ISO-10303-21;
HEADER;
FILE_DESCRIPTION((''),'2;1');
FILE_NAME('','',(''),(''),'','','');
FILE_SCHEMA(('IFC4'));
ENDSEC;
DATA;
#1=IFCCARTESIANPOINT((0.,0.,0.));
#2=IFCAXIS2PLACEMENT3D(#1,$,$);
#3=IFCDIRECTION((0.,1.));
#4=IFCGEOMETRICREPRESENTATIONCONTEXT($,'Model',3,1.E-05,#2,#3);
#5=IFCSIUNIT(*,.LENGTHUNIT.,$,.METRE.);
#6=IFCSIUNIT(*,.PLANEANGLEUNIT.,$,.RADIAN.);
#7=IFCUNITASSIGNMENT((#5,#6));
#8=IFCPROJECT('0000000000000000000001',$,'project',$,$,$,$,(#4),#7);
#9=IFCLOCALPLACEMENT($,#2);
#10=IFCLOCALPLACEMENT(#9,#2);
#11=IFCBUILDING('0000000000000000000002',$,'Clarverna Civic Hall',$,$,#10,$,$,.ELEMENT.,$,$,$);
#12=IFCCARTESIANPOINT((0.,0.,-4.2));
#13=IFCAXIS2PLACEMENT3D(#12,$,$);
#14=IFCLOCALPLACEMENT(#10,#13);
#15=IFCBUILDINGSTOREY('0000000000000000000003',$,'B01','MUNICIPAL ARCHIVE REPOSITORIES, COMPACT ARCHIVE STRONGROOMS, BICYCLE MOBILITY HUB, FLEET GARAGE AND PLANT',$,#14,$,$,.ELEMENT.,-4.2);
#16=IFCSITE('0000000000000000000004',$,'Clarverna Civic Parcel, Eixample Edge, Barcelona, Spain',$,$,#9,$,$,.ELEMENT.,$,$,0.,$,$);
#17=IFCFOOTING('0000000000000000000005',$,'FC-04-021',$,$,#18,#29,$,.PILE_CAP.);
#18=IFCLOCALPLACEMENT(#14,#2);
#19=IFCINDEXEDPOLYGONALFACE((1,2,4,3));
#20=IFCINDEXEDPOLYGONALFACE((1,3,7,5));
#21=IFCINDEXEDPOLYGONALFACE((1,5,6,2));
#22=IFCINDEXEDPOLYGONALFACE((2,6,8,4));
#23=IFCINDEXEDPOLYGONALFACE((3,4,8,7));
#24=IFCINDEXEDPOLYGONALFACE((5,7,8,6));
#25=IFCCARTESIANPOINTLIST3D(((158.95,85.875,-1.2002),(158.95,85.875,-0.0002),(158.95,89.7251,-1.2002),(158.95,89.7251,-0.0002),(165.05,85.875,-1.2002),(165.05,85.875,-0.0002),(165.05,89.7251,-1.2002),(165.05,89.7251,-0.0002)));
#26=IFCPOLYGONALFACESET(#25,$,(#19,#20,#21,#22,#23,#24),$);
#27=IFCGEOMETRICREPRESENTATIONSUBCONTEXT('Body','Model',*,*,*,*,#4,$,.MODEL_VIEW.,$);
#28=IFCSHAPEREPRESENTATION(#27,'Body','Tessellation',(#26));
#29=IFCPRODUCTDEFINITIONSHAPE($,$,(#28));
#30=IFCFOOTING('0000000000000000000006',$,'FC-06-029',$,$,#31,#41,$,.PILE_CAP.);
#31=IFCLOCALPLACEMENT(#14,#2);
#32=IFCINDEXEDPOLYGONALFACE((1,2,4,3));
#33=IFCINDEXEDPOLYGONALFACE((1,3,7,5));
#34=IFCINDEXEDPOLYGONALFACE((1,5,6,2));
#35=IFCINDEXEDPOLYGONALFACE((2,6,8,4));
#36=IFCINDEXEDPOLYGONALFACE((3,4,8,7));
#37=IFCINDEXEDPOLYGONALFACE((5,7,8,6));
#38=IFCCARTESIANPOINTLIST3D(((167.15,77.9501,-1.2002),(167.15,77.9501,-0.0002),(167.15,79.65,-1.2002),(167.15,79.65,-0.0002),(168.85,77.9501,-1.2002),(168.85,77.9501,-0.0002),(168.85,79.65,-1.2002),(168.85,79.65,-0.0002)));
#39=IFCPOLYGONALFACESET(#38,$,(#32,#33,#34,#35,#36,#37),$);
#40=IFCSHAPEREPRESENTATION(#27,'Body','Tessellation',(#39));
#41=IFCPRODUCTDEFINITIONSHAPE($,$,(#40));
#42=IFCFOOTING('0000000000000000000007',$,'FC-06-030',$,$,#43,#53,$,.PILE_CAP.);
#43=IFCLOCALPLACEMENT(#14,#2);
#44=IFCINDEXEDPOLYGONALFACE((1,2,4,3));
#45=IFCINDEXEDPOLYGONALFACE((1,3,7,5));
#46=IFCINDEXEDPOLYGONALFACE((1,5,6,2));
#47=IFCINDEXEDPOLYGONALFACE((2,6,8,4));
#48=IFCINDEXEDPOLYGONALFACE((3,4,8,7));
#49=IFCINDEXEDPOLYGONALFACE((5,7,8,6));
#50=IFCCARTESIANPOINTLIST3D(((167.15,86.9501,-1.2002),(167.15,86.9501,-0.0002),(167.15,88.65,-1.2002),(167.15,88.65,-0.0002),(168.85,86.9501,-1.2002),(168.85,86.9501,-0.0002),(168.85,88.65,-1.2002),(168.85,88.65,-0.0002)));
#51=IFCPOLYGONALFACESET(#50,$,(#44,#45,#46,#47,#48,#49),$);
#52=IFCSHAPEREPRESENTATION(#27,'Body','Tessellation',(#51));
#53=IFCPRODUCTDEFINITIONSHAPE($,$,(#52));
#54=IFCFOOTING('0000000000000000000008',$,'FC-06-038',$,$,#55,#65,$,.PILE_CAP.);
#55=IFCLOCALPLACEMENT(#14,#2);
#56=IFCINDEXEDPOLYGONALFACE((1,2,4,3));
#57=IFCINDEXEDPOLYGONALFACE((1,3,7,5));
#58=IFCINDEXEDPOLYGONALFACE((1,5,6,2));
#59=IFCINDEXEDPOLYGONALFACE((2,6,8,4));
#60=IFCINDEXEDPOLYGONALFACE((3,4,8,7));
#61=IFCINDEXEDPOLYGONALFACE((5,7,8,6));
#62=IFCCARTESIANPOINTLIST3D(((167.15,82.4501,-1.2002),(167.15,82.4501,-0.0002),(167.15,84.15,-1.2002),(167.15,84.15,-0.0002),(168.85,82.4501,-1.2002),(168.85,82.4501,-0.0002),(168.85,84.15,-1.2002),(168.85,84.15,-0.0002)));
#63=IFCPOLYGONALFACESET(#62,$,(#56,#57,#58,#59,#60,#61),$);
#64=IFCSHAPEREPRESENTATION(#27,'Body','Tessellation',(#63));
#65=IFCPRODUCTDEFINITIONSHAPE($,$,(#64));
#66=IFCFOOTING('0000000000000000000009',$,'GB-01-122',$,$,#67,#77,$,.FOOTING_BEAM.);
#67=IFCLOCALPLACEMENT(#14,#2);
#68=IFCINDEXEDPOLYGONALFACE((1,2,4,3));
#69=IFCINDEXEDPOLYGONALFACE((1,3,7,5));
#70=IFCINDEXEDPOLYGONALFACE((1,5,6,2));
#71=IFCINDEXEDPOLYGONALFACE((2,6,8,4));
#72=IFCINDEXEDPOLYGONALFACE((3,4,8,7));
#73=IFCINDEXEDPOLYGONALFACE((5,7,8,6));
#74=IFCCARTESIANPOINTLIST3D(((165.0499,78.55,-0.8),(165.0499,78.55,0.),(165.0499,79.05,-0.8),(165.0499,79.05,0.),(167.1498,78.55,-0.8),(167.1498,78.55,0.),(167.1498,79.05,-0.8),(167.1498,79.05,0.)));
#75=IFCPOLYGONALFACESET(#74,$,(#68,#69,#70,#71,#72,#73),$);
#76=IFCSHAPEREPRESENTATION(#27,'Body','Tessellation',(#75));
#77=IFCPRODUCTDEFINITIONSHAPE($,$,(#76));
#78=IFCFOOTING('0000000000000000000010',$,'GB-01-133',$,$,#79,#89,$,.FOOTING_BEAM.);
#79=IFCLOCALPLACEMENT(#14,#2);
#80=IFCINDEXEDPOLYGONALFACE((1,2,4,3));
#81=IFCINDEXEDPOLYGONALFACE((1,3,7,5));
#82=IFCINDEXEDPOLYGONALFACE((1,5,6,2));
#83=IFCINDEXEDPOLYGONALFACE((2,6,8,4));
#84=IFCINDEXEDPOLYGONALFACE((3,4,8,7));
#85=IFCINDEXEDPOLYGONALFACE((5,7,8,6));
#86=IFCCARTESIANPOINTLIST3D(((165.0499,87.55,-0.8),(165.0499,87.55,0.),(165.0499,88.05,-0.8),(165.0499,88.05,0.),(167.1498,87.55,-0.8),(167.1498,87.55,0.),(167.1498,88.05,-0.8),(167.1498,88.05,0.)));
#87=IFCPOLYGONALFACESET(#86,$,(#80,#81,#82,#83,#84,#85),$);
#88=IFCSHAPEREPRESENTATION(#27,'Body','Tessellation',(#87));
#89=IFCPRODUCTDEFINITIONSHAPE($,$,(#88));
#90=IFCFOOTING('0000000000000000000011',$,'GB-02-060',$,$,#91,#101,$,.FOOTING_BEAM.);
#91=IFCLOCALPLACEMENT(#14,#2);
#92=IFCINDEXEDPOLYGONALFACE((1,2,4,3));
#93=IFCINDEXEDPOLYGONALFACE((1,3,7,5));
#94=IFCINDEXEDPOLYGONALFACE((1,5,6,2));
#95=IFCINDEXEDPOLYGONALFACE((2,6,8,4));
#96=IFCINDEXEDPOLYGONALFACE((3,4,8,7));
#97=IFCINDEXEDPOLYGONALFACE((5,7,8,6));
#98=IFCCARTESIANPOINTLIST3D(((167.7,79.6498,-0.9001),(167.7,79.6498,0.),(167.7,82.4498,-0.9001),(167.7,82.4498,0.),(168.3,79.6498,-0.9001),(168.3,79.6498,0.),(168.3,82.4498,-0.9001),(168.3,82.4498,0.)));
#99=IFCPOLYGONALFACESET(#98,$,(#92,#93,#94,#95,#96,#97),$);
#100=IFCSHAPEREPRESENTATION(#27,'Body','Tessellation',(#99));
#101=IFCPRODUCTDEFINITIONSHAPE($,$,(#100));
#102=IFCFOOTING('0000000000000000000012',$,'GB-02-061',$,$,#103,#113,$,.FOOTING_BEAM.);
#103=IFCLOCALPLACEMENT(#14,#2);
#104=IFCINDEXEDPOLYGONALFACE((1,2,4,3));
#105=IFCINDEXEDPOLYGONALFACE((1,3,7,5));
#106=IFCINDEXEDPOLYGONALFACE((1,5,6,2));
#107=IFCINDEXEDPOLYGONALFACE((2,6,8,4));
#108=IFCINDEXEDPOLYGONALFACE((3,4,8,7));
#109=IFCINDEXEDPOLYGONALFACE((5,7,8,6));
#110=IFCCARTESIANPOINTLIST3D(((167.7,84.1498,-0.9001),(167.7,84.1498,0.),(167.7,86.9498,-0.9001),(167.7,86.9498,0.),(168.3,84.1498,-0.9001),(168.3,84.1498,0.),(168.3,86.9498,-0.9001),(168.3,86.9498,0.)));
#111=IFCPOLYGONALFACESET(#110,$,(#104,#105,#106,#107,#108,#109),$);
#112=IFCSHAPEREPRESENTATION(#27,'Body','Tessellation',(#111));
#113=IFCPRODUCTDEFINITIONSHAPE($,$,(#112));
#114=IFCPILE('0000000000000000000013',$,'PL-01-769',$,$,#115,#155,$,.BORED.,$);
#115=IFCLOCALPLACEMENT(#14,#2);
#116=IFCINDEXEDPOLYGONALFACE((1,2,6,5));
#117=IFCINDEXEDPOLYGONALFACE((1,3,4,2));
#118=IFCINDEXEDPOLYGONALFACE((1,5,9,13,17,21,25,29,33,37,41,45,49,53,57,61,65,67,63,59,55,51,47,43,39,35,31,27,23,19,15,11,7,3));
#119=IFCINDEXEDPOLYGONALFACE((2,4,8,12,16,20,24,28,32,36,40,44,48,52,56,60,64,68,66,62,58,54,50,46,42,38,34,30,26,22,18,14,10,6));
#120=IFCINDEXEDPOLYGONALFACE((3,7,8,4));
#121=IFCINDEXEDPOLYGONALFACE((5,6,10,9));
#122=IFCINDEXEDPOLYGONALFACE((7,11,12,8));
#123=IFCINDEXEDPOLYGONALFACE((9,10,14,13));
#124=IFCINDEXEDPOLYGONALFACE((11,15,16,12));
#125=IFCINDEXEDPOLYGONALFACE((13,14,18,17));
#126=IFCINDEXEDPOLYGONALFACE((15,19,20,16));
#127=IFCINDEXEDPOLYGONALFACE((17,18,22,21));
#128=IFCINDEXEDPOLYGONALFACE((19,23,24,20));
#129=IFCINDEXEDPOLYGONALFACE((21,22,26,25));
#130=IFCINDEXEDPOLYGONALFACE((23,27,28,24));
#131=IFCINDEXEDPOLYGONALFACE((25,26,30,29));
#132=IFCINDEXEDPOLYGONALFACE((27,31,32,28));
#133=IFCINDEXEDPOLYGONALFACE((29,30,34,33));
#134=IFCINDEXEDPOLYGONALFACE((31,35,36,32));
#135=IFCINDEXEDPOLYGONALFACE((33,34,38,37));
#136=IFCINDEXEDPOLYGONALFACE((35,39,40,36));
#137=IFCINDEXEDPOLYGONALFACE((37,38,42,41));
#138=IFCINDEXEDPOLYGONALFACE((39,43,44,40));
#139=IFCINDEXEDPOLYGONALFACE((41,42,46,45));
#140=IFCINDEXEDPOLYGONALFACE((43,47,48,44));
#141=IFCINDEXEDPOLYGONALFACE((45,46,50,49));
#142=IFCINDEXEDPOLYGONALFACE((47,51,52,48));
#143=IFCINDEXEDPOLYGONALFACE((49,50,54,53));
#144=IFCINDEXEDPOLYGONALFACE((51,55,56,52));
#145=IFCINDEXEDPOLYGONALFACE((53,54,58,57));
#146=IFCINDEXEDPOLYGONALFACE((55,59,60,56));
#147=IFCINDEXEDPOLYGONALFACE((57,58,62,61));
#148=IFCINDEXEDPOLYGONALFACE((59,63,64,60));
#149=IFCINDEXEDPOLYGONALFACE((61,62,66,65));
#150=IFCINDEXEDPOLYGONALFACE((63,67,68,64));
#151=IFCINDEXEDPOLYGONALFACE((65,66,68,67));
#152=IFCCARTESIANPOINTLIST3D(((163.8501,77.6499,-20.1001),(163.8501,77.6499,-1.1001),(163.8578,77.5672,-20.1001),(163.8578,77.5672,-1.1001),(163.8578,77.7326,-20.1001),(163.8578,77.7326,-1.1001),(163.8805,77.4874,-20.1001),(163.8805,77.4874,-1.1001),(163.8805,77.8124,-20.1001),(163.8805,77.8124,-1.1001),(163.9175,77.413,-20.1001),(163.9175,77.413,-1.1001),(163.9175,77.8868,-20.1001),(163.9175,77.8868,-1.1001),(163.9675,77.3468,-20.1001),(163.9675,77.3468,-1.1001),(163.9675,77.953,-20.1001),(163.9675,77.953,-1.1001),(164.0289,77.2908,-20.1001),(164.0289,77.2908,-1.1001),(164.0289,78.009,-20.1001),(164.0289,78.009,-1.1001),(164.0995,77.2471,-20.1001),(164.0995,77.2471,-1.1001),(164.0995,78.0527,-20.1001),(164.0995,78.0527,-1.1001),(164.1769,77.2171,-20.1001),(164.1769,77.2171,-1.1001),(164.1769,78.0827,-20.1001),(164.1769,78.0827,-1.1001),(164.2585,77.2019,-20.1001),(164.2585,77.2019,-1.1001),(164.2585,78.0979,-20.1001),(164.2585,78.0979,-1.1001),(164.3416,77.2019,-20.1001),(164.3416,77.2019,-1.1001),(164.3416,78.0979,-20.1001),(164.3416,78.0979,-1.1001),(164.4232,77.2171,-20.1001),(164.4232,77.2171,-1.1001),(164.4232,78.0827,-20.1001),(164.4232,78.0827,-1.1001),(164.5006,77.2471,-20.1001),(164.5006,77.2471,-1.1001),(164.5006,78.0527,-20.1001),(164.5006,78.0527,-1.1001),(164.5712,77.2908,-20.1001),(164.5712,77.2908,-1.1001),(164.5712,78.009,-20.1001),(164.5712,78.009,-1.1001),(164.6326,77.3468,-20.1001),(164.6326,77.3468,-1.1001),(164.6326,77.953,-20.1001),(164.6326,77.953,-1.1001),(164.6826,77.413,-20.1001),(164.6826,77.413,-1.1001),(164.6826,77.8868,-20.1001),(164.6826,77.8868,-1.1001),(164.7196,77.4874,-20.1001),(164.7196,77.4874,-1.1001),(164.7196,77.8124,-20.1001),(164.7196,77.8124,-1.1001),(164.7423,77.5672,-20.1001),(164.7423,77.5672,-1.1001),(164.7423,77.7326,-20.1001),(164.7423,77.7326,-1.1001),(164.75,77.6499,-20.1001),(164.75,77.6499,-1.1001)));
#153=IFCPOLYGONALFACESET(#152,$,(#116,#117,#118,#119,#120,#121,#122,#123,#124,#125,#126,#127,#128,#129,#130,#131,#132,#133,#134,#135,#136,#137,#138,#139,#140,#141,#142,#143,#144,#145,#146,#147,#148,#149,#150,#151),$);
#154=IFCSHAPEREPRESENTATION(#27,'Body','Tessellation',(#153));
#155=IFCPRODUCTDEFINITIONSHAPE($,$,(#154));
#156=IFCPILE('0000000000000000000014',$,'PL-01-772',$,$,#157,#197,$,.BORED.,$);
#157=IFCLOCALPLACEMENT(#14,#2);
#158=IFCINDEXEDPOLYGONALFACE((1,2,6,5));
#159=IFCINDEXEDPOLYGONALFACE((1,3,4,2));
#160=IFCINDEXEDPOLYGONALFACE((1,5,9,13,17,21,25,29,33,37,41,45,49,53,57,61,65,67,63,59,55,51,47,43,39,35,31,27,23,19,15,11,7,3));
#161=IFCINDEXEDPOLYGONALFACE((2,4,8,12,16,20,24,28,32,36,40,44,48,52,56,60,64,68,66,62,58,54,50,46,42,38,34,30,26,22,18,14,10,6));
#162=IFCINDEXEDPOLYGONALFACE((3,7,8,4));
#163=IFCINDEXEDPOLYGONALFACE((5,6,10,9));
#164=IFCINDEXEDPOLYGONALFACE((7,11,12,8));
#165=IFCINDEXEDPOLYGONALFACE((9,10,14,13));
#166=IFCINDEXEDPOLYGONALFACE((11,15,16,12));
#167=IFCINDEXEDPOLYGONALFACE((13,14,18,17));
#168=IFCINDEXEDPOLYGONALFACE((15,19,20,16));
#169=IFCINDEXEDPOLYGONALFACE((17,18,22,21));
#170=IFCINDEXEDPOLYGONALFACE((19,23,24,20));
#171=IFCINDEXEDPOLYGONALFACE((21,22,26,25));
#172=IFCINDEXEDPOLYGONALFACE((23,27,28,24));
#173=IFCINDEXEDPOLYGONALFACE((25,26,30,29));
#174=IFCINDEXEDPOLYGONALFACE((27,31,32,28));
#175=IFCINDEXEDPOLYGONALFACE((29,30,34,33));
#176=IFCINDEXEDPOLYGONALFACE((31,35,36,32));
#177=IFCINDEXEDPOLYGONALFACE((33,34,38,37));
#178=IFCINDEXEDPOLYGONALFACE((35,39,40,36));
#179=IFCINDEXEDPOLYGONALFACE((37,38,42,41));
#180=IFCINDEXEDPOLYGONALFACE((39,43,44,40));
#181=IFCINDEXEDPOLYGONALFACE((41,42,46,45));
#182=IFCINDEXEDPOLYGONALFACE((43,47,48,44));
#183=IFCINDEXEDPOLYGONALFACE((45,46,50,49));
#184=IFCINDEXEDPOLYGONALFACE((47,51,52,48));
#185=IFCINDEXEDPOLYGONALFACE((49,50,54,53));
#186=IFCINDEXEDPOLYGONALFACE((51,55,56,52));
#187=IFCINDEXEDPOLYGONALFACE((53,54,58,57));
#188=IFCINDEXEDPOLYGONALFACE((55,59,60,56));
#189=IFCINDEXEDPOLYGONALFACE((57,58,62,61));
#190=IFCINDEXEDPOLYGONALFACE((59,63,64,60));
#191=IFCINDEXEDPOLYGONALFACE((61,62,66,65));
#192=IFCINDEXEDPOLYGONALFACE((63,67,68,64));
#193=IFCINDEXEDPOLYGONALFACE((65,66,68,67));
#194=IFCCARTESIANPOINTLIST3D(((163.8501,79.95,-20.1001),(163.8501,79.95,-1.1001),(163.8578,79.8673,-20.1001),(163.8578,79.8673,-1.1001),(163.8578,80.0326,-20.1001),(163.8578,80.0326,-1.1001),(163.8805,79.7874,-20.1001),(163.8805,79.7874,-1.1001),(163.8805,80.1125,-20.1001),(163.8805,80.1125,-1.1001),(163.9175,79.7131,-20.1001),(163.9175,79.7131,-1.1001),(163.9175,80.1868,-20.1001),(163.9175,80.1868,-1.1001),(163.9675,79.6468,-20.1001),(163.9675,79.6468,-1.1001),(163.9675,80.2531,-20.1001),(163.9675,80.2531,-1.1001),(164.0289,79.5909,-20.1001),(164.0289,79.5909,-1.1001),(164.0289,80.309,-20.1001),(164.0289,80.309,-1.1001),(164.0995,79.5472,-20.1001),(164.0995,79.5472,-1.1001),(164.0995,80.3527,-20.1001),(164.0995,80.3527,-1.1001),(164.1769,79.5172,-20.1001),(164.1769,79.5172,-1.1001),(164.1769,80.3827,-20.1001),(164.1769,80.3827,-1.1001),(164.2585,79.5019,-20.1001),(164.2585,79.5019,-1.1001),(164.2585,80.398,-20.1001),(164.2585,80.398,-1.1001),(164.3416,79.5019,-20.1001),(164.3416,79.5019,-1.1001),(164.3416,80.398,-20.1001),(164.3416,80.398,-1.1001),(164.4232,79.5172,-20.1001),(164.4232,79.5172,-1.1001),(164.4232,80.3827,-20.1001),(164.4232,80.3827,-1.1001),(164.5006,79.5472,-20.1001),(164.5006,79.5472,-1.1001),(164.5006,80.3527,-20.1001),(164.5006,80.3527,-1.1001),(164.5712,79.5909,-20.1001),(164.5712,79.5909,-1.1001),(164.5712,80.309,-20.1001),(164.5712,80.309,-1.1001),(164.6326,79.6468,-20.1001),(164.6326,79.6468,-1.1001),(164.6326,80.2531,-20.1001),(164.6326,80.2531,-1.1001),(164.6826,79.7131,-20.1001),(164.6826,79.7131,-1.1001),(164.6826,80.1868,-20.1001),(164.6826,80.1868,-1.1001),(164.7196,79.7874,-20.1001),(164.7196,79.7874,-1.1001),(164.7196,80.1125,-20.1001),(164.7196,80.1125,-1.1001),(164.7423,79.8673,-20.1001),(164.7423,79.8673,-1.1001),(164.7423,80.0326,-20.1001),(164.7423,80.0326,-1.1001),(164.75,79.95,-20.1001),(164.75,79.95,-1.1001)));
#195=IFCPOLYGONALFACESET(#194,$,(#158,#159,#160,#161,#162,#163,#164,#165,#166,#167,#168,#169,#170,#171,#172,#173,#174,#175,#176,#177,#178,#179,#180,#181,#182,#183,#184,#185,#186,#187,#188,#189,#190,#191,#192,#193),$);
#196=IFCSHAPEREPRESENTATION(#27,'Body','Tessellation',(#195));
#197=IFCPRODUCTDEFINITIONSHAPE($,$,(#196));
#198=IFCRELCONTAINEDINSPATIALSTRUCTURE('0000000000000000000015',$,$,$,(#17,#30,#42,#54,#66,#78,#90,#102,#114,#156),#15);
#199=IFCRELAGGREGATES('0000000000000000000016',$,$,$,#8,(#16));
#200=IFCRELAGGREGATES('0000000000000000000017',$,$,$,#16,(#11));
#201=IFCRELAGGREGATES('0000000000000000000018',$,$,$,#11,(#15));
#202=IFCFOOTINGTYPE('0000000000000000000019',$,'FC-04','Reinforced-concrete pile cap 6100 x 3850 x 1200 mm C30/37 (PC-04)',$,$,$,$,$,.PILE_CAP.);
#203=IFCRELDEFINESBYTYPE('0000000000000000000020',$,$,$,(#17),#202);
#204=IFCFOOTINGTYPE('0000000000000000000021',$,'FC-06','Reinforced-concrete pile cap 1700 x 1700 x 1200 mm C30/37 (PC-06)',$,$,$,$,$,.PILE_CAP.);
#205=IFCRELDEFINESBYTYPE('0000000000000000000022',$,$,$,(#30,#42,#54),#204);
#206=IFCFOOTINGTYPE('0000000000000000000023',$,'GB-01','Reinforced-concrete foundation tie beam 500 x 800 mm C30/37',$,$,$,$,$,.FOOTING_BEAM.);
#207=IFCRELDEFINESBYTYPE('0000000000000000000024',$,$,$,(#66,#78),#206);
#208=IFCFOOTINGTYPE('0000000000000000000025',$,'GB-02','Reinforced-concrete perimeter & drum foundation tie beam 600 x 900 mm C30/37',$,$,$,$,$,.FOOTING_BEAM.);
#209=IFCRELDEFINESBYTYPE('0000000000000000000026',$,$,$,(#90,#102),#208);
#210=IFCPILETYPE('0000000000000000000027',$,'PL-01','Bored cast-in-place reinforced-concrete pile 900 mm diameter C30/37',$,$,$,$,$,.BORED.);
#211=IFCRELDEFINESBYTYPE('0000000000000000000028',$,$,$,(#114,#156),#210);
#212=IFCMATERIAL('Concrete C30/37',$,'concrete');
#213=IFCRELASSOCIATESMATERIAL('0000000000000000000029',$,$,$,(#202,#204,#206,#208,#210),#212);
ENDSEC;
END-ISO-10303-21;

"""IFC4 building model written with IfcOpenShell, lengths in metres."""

from ifc_helpers import new_model, si_unit, direction, frame, frame_2d, origin, origin_2d, place, context, subcontext, project, spatial, rectangle, circle, extrude, material, material_profile, profile_set, type_object, element, save


model = new_model("IFC4")

# Units and contexts
model_context = context("Model", 3, precision=1e-05, world=origin(), true_north=direction((0.0, 1.0)))
body_context = subcontext(model_context, "Body", "Model", "MODEL_VIEW")
ifc_project = project(units=[si_unit("LENGTHUNIT", "METRE"), si_unit("PLANEANGLEUNIT", "RADIAN")], contexts=[model_context])

# Site, building, storey
site_placement = place(None, origin())
site = spatial("IfcSite", under=ifc_project, at=site_placement, Name="Clarverna Civic Parcel, Eixample Edge, Barcelona, Spain", CompositionType="ELEMENT", RefElevation=0.0)
building_placement = place(site_placement, origin())
building = spatial("IfcBuilding", under=site, at=building_placement, Name="Clarverna Civic Hall", CompositionType="ELEMENT")
storey_placement = place(building_placement, frame((0.0, 0.0, -4.2)))
storey = spatial("IfcBuildingStorey", under=building, at=storey_placement, Name="B01", Description="MUNICIPAL ARCHIVE REPOSITORIES, COMPACT ARCHIVE STRONGROOMS, BICYCLE MOBILITY HUB, FLEET GARAGE AND PLANT", CompositionType="ELEMENT", Elevation=-4.2)

# Footings
ifc_material_1 = material(Name="Concrete C30/37", Category="concrete")
footing_type_1 = type_object("IfcFootingType", Name="FC-04", Description="Reinforced-concrete pile cap 6100 x 3850 x 1200 mm C30/37 (PC-04)", PredefinedType="PILE_CAP", material=ifc_material_1)
footing_placement = place(storey_placement, frame((162.0, 87.8, -1.2002), z_axis=(0.0, 0.0, 1.0), x_axis=(1.0, 0.0, 0.0)))
element("IfcFooting", 1, at=footing_placement, inside=storey, type_object=footing_type_1, Name="FC-04-021", PredefinedType="PILE_CAP", context=body_context, shape_type="SweptSolid", body=[
    extrude(rectangle(XDim=6.1001, YDim=3.8501, at=origin_2d()), origin(), (0.0, 0.0, 1.0), 1.2),
])
footing_type_2 = type_object("IfcFootingType", Name="FC-06", Description="Reinforced-concrete pile cap 1700 x 1700 x 1200 mm C30/37 (PC-06)", PredefinedType="PILE_CAP", material=ifc_material_1)
for number, where, z_axis, x_axis, name in (
    (2, (168.0, 78.8, -1.2002), (0.0, 0.0, 1.0), (1.0, 0.0, 0.0), "FC-06-029"),
    (3, (168.0, 87.8, -1.2002), (0.0, 0.0, 1.0), (1.0, 0.0, 0.0), "FC-06-030"),
    (4, (168.0, 83.3, -1.2002), (0.0, 0.0, 1.0), (1.0, 0.0, 0.0), "FC-06-038"),
):
    element("IfcFooting", number, at=place(storey_placement, frame(where, z_axis=z_axis, x_axis=x_axis)), inside=storey, type_object=footing_type_2, Name=name, PredefinedType="PILE_CAP", context=body_context, shape_type="SweptSolid", body=[
        extrude(rectangle(XDim=1.7, YDim=1.7, at=origin_2d()), origin(), (0.0, 0.0, 1.0), 1.2),
    ])
footing_type_3 = type_object("IfcFootingType", Name="GB-01", Description="Reinforced-concrete foundation tie beam 500 x 800 mm C30/37", PredefinedType="FOOTING_BEAM", material=ifc_material_1)
for number, where, z_axis, x_axis, name in (
    (5, (165.05, 78.8, -0.8), (0.0, 0.0, 1.0), (1.0, 0.0, 0.0), "GB-01-122"),
    (6, (165.05, 87.8, -0.8), (0.0, 0.0, 1.0), (1.0, 0.0, 0.0), "GB-01-133"),
):
    element("IfcFooting", number, at=place(storey_placement, frame(where, z_axis=z_axis, x_axis=x_axis)), inside=storey, type_object=footing_type_3, Name=name, PredefinedType="FOOTING_BEAM", context=body_context, shape_type="SweptSolid", body=[
        extrude(rectangle(XDim=2.0999, YDim=0.5, at=frame_2d((1.0498, 0.0))), origin(), (0.0, 0.0, 1.0), 0.8),
    ])
footing_type_4 = type_object("IfcFootingType", Name="GB-02", Description="Reinforced-concrete perimeter & drum foundation tie beam 600 x 900 mm C30/37", PredefinedType="FOOTING_BEAM", material=ifc_material_1)
for number, where, z_axis, x_axis, name in (
    (7, (168.0, 79.6499, -0.9001), (0.0, 0.0, 1.0), (0.0, 1.0, 0.0), "GB-02-060"),
    (8, (168.0, 84.1499, -0.9001), (0.0, 0.0, 1.0), (0.0, 1.0, 0.0), "GB-02-061"),
):
    element("IfcFooting", number, at=place(storey_placement, frame(where, z_axis=z_axis, x_axis=x_axis)), inside=storey, type_object=footing_type_4, Name=name, PredefinedType="FOOTING_BEAM", context=body_context, shape_type="SweptSolid", body=[
        extrude(rectangle(XDim=2.8, YDim=0.6001, at=frame_2d((1.3999, 0.0))), origin(), (0.0, 0.0, 1.0), 0.9001),
    ])

# Piles
ifc_material_profile_1 = material_profile(ifc_material_1, circle(Radius=0.45, at=origin_2d()), Name="BORED PILE D900")
ifc_profile_set_1 = profile_set([ifc_material_profile_1], Name="Concrete C30/37")
pile_type = type_object("IfcPileType", Name="PL-01", Description="Bored cast-in-place reinforced-concrete pile 900 mm diameter C30/37", PredefinedType="BORED", material=ifc_profile_set_1)
for number, where, z_axis, x_axis, name in (
    (9, (164.3, 77.6499, -1.1001), (0.0, 0.0, -1.0), (1.0, 0.0, 0.0), "PL-01-769"),
    (10, (164.3, 79.95, -1.1001), (0.0, 0.0, -1.0), (1.0, 0.0, 0.0), "PL-01-772"),
):
    element("IfcPile", number, at=place(storey_placement, frame(where, z_axis=z_axis, x_axis=x_axis)), inside=storey, type_object=pile_type, Name=name, PredefinedType="BORED", context=body_context, shape_type="SweptSolid", body=[
        extrude(circle(Radius=0.45, at=origin_2d()), origin(), (0.0, 0.0, 1.0), 19.0),
    ])

save(model, "model.ifc")
